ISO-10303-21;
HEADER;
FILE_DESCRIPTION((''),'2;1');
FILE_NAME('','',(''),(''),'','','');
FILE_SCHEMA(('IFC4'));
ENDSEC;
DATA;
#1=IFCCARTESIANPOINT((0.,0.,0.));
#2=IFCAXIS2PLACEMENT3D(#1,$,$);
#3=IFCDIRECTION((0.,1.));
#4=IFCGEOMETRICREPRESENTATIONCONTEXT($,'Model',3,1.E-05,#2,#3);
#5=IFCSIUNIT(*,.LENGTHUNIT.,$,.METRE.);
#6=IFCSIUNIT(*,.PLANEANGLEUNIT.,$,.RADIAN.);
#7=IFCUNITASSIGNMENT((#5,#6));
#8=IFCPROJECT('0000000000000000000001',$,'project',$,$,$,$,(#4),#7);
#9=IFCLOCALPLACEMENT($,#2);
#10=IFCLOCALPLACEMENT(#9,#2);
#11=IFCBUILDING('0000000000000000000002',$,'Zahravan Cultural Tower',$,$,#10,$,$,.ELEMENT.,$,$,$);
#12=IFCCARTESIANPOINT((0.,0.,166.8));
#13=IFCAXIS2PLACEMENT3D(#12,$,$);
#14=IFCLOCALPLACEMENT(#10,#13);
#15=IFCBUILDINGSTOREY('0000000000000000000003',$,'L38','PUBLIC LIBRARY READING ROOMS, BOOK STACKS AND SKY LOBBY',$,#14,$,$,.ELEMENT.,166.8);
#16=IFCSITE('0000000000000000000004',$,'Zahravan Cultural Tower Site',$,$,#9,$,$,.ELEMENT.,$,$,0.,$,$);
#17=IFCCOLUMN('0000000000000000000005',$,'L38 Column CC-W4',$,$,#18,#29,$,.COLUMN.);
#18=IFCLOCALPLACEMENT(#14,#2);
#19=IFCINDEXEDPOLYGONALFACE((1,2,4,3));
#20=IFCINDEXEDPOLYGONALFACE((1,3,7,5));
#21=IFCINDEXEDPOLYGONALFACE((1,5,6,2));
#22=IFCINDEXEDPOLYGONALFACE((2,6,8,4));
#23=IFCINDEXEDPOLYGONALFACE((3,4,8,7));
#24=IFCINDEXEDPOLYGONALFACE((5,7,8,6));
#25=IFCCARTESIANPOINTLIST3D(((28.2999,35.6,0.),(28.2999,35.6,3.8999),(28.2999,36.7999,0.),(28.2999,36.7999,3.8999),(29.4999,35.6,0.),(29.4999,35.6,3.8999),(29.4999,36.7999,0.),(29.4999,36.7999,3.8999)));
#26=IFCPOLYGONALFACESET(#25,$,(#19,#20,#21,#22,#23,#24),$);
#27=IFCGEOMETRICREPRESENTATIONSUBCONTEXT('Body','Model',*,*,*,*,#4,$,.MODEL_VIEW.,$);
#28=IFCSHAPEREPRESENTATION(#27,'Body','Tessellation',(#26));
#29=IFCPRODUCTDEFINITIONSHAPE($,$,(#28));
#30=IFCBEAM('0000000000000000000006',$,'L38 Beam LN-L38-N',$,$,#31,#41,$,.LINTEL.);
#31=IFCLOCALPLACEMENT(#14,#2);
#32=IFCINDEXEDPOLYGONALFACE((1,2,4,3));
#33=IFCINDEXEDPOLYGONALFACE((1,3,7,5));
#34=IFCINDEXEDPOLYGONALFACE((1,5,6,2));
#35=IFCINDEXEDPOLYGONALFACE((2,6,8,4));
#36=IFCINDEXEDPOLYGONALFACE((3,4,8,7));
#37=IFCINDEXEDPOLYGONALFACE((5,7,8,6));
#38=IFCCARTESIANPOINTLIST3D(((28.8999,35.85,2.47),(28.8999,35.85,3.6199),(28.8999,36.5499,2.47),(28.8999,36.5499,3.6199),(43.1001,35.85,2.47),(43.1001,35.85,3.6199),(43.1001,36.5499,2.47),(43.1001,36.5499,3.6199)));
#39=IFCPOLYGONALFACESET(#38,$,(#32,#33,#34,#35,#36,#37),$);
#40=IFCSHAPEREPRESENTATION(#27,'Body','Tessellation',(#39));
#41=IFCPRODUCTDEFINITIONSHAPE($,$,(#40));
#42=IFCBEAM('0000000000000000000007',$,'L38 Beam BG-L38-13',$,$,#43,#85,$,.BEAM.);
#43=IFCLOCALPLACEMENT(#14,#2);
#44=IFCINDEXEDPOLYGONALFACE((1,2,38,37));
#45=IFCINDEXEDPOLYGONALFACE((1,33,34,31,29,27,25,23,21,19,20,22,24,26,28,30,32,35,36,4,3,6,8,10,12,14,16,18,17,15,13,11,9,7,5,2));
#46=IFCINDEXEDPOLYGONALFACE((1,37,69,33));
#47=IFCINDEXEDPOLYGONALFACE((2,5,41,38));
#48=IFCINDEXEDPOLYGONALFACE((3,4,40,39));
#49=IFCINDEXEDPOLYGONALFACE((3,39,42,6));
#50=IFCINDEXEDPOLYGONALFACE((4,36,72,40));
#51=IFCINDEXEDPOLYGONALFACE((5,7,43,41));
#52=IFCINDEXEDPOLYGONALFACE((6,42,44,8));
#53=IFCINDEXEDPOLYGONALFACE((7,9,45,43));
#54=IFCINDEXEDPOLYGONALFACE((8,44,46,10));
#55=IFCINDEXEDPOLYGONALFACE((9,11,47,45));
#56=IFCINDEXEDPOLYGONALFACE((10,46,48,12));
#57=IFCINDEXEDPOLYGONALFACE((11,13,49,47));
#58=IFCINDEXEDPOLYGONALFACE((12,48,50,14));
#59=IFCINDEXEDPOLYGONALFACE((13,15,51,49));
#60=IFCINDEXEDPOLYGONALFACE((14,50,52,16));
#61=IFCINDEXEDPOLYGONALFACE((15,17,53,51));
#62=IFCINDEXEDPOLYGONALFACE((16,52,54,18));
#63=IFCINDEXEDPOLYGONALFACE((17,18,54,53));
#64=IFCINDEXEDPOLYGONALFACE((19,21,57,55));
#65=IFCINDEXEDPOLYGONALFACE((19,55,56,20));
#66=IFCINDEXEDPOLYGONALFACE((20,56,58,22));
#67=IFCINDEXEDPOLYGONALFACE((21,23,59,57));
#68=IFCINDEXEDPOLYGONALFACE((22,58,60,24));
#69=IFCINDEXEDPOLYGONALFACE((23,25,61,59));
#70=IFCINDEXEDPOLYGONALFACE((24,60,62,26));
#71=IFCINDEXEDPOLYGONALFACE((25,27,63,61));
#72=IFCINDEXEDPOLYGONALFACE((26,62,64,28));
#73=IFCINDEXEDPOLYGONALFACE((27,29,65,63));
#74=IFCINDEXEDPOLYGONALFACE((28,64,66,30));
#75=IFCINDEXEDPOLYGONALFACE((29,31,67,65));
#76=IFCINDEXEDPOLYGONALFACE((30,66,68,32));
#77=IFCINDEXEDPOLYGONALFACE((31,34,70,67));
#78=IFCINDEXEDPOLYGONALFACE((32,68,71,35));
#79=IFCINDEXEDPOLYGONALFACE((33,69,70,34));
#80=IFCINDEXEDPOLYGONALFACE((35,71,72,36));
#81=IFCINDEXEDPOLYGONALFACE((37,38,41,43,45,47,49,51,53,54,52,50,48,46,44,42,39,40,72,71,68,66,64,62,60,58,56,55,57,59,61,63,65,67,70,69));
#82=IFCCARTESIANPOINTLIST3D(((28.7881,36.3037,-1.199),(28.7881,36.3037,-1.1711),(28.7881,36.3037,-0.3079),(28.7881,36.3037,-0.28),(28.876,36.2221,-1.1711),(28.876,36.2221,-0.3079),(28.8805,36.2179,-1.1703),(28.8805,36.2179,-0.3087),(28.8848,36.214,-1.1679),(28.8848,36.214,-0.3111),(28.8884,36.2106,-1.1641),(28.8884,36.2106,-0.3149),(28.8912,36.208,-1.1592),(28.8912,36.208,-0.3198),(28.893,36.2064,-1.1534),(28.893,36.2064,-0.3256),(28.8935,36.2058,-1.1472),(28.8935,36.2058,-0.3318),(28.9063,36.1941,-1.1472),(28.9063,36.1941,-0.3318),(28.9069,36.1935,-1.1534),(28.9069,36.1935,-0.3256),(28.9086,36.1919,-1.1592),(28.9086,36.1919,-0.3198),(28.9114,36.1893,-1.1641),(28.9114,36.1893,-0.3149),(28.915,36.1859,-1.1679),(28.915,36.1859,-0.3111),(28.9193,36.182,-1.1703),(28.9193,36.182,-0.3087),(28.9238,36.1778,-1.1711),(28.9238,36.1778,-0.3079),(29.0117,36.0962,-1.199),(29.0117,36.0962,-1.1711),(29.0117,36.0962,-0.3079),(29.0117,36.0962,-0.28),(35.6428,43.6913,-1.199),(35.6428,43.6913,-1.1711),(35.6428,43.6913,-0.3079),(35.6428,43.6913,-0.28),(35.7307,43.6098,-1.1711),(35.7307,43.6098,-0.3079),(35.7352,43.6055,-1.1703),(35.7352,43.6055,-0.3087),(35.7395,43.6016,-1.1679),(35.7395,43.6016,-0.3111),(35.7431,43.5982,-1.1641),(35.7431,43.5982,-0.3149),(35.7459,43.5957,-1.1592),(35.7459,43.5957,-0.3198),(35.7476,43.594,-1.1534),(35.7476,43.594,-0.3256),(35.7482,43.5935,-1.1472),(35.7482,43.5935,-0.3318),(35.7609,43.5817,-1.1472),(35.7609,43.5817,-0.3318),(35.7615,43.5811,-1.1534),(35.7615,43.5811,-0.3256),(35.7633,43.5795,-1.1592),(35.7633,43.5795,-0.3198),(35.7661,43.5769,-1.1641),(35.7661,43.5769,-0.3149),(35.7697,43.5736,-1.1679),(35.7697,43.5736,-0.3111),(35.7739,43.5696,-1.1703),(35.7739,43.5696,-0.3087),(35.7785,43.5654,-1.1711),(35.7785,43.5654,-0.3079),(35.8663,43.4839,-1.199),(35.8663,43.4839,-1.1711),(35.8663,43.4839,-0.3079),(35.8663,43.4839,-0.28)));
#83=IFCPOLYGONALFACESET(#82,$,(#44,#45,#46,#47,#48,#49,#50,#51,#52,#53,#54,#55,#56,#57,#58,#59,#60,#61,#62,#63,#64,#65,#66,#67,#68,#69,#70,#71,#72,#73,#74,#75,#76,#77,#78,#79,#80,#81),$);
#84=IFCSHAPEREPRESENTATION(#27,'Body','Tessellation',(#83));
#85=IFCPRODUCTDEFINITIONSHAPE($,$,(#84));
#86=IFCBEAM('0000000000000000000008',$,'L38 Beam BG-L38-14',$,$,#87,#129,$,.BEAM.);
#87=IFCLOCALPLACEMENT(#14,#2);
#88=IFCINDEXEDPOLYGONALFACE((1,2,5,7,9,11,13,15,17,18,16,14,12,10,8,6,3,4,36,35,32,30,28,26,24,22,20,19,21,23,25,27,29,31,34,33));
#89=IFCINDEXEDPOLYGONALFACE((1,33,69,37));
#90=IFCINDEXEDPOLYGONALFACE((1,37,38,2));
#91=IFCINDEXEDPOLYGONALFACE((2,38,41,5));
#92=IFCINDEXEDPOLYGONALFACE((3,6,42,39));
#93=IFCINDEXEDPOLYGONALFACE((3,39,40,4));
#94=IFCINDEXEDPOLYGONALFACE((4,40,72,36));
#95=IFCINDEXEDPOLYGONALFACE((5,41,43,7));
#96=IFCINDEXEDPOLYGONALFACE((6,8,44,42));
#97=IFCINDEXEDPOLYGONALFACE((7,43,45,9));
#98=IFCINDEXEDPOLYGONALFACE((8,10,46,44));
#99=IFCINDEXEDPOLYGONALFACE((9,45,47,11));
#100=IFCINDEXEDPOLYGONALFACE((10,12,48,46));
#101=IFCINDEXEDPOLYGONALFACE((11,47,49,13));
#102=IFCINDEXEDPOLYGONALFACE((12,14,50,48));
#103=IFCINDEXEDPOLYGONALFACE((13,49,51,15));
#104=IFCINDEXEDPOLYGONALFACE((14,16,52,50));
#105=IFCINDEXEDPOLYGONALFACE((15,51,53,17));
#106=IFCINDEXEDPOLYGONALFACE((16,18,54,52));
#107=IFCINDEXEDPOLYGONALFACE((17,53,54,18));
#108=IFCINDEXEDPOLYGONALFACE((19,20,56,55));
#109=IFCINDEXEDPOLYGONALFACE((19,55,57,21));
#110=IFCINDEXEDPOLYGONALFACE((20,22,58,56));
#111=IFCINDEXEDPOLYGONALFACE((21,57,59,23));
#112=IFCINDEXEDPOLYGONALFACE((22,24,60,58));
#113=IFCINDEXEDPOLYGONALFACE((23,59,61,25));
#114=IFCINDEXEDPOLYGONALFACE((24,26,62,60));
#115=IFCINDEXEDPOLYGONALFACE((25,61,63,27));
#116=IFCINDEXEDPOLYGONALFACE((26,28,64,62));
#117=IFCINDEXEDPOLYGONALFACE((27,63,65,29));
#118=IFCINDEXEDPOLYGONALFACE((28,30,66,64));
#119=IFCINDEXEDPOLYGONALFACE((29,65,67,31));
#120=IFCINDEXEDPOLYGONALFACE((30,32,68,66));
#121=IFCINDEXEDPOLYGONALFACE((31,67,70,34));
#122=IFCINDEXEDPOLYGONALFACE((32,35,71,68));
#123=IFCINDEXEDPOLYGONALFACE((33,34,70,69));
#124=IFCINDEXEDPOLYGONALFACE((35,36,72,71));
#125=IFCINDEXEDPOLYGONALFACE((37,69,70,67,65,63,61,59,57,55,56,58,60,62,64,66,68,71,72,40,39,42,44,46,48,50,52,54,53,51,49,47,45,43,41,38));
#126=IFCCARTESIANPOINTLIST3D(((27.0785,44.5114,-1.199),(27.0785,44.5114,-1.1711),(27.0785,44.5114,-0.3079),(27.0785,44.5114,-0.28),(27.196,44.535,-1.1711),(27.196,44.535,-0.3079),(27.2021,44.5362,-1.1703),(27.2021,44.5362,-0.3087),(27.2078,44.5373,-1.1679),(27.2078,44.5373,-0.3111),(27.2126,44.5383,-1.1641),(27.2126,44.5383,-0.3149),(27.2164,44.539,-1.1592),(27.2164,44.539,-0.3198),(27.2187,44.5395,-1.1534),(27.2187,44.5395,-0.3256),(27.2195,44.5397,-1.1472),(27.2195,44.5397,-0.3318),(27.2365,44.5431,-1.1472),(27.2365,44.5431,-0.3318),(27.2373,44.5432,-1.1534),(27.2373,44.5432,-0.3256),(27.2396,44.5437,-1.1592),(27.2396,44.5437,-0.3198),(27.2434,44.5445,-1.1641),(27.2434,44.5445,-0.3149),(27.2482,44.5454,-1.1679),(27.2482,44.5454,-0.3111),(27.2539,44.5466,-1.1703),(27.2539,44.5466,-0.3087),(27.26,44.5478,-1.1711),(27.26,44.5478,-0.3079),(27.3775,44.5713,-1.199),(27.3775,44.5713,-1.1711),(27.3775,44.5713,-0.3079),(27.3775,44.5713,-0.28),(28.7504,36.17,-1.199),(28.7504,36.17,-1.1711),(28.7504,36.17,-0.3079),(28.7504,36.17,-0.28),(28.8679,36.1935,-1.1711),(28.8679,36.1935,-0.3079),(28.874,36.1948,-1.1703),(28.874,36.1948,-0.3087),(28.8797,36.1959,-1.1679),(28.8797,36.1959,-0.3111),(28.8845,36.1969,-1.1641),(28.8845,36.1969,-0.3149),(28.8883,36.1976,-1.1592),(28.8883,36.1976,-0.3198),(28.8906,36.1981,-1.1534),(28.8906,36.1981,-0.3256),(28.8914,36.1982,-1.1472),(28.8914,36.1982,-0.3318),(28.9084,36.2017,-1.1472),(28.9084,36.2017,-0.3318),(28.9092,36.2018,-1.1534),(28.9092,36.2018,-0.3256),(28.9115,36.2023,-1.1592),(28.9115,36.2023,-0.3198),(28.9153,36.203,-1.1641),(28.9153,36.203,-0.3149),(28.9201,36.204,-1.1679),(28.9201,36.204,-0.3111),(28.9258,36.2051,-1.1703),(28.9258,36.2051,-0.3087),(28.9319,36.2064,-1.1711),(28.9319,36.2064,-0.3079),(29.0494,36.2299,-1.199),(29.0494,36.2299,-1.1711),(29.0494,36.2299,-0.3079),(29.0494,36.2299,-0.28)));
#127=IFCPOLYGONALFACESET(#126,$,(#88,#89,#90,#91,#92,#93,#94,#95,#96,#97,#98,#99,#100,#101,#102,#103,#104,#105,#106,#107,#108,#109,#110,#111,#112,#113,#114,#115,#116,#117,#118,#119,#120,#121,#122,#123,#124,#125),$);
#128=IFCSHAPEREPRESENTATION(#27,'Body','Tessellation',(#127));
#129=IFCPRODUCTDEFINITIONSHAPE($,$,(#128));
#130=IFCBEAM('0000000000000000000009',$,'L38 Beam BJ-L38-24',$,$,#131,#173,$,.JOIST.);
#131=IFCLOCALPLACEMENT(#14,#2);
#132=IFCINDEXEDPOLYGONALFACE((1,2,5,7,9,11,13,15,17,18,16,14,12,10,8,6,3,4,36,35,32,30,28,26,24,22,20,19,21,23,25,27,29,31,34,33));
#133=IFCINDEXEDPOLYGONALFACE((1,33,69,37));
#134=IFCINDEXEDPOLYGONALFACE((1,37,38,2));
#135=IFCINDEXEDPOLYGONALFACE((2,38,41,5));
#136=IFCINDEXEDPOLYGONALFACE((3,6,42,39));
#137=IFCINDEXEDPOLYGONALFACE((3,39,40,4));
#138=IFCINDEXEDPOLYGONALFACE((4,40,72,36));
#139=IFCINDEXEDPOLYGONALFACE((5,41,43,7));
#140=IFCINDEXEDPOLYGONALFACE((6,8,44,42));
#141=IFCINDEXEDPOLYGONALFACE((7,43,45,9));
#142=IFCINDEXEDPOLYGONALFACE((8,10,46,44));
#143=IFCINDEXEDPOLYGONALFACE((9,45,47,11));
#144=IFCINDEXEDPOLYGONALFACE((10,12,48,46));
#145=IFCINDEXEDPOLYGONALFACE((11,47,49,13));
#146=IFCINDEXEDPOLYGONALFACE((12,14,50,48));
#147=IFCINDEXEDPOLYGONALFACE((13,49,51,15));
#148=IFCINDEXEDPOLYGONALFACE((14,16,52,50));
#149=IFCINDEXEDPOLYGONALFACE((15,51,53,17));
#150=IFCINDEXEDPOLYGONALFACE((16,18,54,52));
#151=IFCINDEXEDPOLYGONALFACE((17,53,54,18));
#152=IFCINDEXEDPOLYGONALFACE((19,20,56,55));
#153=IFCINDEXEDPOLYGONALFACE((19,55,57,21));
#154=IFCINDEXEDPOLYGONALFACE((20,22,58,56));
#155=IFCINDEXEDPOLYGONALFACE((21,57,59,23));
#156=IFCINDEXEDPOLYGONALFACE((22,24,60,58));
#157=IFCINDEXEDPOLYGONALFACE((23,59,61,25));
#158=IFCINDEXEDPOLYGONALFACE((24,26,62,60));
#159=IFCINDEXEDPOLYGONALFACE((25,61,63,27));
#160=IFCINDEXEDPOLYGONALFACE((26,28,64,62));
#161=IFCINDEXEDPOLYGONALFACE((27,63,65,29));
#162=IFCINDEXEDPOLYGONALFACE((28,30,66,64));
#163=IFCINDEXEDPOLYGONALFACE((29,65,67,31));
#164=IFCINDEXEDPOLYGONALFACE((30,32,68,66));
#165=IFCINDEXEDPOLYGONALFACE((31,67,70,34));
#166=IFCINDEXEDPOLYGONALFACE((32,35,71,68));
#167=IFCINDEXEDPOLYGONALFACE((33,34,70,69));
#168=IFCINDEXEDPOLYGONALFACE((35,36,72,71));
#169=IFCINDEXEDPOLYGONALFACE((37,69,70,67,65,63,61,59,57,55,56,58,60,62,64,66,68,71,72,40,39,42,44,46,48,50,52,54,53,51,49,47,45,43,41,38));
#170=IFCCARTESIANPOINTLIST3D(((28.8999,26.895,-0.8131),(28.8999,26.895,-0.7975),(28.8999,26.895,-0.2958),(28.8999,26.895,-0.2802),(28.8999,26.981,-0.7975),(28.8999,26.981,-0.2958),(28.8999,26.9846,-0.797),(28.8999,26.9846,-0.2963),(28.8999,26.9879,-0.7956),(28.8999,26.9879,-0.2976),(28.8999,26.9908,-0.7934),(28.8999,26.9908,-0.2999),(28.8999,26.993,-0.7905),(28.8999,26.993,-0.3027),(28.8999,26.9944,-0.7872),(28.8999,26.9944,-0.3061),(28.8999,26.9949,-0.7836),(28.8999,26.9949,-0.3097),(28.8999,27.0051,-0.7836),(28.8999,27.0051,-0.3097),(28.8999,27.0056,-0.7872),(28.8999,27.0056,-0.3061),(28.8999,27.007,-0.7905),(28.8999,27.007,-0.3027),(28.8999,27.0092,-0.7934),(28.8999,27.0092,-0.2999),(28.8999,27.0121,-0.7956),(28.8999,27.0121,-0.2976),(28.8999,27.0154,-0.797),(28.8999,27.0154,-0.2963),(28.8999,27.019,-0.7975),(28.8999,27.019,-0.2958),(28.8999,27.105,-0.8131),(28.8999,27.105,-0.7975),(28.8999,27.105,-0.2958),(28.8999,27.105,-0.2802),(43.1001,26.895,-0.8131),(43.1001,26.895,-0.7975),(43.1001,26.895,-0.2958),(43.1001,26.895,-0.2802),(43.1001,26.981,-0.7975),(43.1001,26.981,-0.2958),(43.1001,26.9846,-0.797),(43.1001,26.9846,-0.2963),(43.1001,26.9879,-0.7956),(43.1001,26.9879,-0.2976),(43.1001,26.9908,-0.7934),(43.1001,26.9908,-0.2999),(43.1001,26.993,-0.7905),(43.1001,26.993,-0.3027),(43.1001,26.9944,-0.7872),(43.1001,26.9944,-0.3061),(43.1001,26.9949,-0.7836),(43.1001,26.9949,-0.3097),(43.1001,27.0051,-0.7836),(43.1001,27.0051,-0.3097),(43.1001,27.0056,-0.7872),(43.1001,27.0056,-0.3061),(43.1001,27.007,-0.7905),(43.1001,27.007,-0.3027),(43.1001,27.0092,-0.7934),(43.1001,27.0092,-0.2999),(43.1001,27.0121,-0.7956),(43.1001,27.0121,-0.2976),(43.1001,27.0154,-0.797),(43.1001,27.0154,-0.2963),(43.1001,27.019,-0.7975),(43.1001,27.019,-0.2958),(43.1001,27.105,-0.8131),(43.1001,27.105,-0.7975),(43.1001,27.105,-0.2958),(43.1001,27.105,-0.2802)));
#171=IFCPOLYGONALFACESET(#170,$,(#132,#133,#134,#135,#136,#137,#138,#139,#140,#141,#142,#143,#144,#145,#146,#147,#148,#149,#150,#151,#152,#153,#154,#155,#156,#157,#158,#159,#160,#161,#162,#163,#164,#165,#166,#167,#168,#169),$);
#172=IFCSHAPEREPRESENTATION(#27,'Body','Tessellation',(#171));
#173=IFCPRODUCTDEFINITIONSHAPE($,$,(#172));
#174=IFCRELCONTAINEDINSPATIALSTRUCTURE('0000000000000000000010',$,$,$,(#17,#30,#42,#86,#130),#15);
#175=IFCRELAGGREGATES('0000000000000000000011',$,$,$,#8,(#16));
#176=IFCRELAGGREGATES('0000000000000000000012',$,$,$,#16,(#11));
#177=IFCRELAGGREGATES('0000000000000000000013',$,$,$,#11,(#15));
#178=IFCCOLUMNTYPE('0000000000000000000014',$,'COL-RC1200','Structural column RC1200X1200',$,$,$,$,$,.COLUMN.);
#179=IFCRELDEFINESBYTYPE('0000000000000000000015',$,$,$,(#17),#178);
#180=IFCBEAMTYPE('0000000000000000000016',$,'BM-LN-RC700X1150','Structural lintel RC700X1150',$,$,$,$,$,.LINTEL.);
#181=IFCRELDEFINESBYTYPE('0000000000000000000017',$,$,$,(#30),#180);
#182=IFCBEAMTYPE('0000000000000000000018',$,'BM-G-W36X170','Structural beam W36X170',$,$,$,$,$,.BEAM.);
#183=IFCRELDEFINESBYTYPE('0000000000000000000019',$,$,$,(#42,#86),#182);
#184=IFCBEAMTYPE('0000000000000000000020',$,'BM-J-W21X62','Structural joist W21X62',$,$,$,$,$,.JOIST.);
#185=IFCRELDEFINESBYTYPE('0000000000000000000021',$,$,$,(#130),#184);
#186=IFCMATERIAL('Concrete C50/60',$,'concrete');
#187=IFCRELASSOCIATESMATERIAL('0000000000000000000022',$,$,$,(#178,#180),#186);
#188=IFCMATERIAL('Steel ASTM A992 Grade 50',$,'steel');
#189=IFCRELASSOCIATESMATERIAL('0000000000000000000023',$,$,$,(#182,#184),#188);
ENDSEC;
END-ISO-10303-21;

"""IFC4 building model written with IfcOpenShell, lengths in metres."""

from ifc_helpers import new_model, si_unit, direction, frame, origin, origin_2d, place, context, subcontext, project, spatial, rectangle, i_section, extrude, source, transform, mapped, material, material_profile, profile_set, type_object, element, save


model = new_model("IFC4")

# Units and contexts
model_context = context("Model", 3, precision=1e-05, world=origin(), true_north=direction((0.0, 1.0)))
body_context = subcontext(model_context, "Body", "Model", "MODEL_VIEW")
ifc_project = project(units=[si_unit("LENGTHUNIT", "METRE"), si_unit("PLANEANGLEUNIT", "RADIAN")], contexts=[model_context])

# Site, building, storey
site_placement = place(None, origin())
site = spatial("IfcSite", under=ifc_project, at=site_placement, Name="Zahravan Cultural Tower Site", CompositionType="ELEMENT", RefElevation=0.0)
building_placement = place(site_placement, origin())
building = spatial("IfcBuilding", under=site, at=building_placement, Name="Zahravan Cultural Tower", CompositionType="ELEMENT")
storey_placement = place(building_placement, frame((0.0, 0.0, 166.8)))
storey = spatial("IfcBuildingStorey", under=building, at=storey_placement, Name="L38", Description="PUBLIC LIBRARY READING ROOMS, BOOK STACKS AND SKY LOBBY", CompositionType="ELEMENT", Elevation=166.8)

# Column
ifc_material_1 = material(Name="Concrete C50/60", Category="concrete")
ifc_material_profile_1 = material_profile(ifc_material_1, rectangle(XDim=1.2, YDim=1.2, at=origin_2d()), Name="RC1200X1200")
ifc_profile_set_1 = profile_set([ifc_material_profile_1], Name="Concrete C50/60")
column_type = type_object("IfcColumnType", Name="COL-RC1200", Description="Structural column RC1200X1200", PredefinedType="COLUMN", material=ifc_profile_set_1)
shared_shape_1 = source(origin(), body_context, "Body", "SweptSolid", [
    extrude(rectangle(XDim=1.2, YDim=1.2, at=origin_2d()), origin(), (0.0, 0.0, 1.0), 3.8999),
])
column_placement = place(storey_placement, frame((28.8999, 36.2, 0.0), z_axis=(0.0, 0.0, 1.0), x_axis=(1.0, 0.0, 0.0)))
element("IfcColumn", 1, at=column_placement, inside=storey, type_object=column_type, Name="L38 Column CC-W4", PredefinedType="COLUMN", context=body_context, shape_type="MappedRepresentation", body=[
    mapped(shared_shape_1, transform((0.0, 0.0, 0.0), x_axis=(1.0, 0.0, 0.0), y_axis=(0.0, 1.0, 0.0), z_axis=(0.0, 0.0, 1.0), scale=1.0)),
])

# Beams
ifc_material_profile_2 = material_profile(ifc_material_1, rectangle(XDim=0.7, YDim=1.1499, at=origin_2d()), Name="RC700X1150")
ifc_profile_set_2 = profile_set([ifc_material_profile_2], Name="Concrete C50/60")
beam_type_1 = type_object("IfcBeamType", Name="BM-LN-RC700X1150", Description="Structural lintel RC700X1150", PredefinedType="LINTEL", material=ifc_profile_set_2)
shared_shape_2 = source(origin(), body_context, "Body", "SweptSolid", [
    extrude(rectangle(XDim=0.7, YDim=1.1499, at=origin_2d()), origin(), (0.0, 0.0, 1.0), 14.2002),
])
beam_1_placement = place(storey_placement, frame((28.8999, 36.2, 3.0449), z_axis=(1.0, 0.0, 0.0), x_axis=(0.0, 1.0, 0.0)))
element("IfcBeam", 2, at=beam_1_placement, inside=storey, type_object=beam_type_1, Name="L38 Beam LN-L38-N", PredefinedType="LINTEL", context=body_context, shape_type="MappedRepresentation", body=[
    mapped(shared_shape_2, transform((0.0, 0.0, 0.0), x_axis=(1.0, 0.0, 0.0), y_axis=(0.0, 1.0, 0.0), z_axis=(0.0, 0.0, 1.0), scale=1.0)),
])
ifc_material_2 = material(Name="Steel ASTM A992 Grade 50", Category="steel")
ifc_material_profile_3 = material_profile(ifc_material_2, i_section(OverallWidth=0.3049, OverallDepth=0.9189, WebThickness=0.0173, FlangeThickness=0.0278, FilletRadius=0.0239, at=origin_2d()), Name="W36X170")
ifc_profile_set_3 = profile_set([ifc_material_profile_3], Name="Steel ASTM A992 Grade 50")
beam_type_2 = type_object("IfcBeamType", Name="BM-G-W36X170", Description="Structural beam W36X170", PredefinedType="BEAM", material=ifc_profile_set_3)
shared_shape_3 = source(origin(), body_context, "Body", "SweptSolid", [
    extrude(i_section(OverallWidth=0.3049, OverallDepth=0.9189, WebThickness=0.0173, FlangeThickness=0.0278, FilletRadius=0.0239, at=origin_2d()), origin(), (0.0, 0.0, 1.0), 10.0779),
])
beam_2_placement = place(storey_placement, frame((28.8999, 36.2, -0.7395), z_axis=(0.68017, 0.733054, 0.0), x_axis=(-0.733054, 0.68017, 0.0)))
element("IfcBeam", 3, at=beam_2_placement, inside=storey, type_object=beam_type_2, Name="L38 Beam BG-L38-13", PredefinedType="BEAM", context=body_context, shape_type="MappedRepresentation", body=[
    mapped(shared_shape_3, transform((0.0, 0.0, 0.0), x_axis=(1.0, 0.0, 0.0), y_axis=(0.0, 1.0, 0.0), z_axis=(0.0, 0.0, 1.0), scale=1.0)),
])
shared_shape_4 = source(origin(), body_context, "Body", "SweptSolid", [
    extrude(i_section(OverallWidth=0.3049, OverallDepth=0.9189, WebThickness=0.0173, FlangeThickness=0.0278, FilletRadius=0.0239, at=origin_2d()), origin(), (0.0, 0.0, 1.0), 8.5073),
])
beam_3_placement = place(storey_placement, frame((28.8999, 36.2, -0.7395), z_axis=(-0.196525, 0.980499, 0.0), x_axis=(-0.980499, -0.196525, 0.0)))
element("IfcBeam", 4, at=beam_3_placement, inside=storey, type_object=beam_type_2, Name="L38 Beam BG-L38-14", PredefinedType="BEAM", context=body_context, shape_type="MappedRepresentation", body=[
    mapped(shared_shape_4, transform((0.0, 0.0, 0.0), x_axis=(1.0, 0.0, 0.0), y_axis=(0.0, 1.0, 0.0), z_axis=(0.0, 0.0, 1.0), scale=1.0)),
])
ifc_material_profile_4 = material_profile(ifc_material_2, i_section(OverallWidth=0.21, OverallDepth=0.533, WebThickness=0.0103, FlangeThickness=0.0156, FilletRadius=0.0139, at=origin_2d()), Name="W21X62")
ifc_profile_set_4 = profile_set([ifc_material_profile_4], Name="Steel ASTM A992 Grade 50")
beam_type_3 = type_object("IfcBeamType", Name="BM-J-W21X62", Description="Structural joist W21X62", PredefinedType="JOIST", material=ifc_profile_set_4)
shared_shape_5 = source(origin(), body_context, "Body", "SweptSolid", [
    extrude(i_section(OverallWidth=0.21, OverallDepth=0.533, WebThickness=0.0103, FlangeThickness=0.0156, FilletRadius=0.0139, at=origin_2d()), origin(), (0.0, 0.0, 1.0), 14.2002),
])
for number, where, z_axis, x_axis, name in (
    (5, (28.8999, 27.0, -0.5466), (1.0, 0.0, 0.0), (0.0, 1.0, 0.0), "L38 Beam BJ-L38-24"),
):
    element("IfcBeam", number, at=place(storey_placement, frame(where, z_axis=z_axis, x_axis=x_axis)), inside=storey, type_object=beam_type_3, Name=name, PredefinedType="JOIST", context=body_context, shape_type="MappedRepresentation", body=[
        mapped(shared_shape_5, transform((0.0, 0.0, 0.0), x_axis=(1.0, 0.0, 0.0), y_axis=(0.0, 1.0, 0.0), z_axis=(0.0, 0.0, 1.0), scale=1.0)),
    ])

save(model, "model.ifc")
